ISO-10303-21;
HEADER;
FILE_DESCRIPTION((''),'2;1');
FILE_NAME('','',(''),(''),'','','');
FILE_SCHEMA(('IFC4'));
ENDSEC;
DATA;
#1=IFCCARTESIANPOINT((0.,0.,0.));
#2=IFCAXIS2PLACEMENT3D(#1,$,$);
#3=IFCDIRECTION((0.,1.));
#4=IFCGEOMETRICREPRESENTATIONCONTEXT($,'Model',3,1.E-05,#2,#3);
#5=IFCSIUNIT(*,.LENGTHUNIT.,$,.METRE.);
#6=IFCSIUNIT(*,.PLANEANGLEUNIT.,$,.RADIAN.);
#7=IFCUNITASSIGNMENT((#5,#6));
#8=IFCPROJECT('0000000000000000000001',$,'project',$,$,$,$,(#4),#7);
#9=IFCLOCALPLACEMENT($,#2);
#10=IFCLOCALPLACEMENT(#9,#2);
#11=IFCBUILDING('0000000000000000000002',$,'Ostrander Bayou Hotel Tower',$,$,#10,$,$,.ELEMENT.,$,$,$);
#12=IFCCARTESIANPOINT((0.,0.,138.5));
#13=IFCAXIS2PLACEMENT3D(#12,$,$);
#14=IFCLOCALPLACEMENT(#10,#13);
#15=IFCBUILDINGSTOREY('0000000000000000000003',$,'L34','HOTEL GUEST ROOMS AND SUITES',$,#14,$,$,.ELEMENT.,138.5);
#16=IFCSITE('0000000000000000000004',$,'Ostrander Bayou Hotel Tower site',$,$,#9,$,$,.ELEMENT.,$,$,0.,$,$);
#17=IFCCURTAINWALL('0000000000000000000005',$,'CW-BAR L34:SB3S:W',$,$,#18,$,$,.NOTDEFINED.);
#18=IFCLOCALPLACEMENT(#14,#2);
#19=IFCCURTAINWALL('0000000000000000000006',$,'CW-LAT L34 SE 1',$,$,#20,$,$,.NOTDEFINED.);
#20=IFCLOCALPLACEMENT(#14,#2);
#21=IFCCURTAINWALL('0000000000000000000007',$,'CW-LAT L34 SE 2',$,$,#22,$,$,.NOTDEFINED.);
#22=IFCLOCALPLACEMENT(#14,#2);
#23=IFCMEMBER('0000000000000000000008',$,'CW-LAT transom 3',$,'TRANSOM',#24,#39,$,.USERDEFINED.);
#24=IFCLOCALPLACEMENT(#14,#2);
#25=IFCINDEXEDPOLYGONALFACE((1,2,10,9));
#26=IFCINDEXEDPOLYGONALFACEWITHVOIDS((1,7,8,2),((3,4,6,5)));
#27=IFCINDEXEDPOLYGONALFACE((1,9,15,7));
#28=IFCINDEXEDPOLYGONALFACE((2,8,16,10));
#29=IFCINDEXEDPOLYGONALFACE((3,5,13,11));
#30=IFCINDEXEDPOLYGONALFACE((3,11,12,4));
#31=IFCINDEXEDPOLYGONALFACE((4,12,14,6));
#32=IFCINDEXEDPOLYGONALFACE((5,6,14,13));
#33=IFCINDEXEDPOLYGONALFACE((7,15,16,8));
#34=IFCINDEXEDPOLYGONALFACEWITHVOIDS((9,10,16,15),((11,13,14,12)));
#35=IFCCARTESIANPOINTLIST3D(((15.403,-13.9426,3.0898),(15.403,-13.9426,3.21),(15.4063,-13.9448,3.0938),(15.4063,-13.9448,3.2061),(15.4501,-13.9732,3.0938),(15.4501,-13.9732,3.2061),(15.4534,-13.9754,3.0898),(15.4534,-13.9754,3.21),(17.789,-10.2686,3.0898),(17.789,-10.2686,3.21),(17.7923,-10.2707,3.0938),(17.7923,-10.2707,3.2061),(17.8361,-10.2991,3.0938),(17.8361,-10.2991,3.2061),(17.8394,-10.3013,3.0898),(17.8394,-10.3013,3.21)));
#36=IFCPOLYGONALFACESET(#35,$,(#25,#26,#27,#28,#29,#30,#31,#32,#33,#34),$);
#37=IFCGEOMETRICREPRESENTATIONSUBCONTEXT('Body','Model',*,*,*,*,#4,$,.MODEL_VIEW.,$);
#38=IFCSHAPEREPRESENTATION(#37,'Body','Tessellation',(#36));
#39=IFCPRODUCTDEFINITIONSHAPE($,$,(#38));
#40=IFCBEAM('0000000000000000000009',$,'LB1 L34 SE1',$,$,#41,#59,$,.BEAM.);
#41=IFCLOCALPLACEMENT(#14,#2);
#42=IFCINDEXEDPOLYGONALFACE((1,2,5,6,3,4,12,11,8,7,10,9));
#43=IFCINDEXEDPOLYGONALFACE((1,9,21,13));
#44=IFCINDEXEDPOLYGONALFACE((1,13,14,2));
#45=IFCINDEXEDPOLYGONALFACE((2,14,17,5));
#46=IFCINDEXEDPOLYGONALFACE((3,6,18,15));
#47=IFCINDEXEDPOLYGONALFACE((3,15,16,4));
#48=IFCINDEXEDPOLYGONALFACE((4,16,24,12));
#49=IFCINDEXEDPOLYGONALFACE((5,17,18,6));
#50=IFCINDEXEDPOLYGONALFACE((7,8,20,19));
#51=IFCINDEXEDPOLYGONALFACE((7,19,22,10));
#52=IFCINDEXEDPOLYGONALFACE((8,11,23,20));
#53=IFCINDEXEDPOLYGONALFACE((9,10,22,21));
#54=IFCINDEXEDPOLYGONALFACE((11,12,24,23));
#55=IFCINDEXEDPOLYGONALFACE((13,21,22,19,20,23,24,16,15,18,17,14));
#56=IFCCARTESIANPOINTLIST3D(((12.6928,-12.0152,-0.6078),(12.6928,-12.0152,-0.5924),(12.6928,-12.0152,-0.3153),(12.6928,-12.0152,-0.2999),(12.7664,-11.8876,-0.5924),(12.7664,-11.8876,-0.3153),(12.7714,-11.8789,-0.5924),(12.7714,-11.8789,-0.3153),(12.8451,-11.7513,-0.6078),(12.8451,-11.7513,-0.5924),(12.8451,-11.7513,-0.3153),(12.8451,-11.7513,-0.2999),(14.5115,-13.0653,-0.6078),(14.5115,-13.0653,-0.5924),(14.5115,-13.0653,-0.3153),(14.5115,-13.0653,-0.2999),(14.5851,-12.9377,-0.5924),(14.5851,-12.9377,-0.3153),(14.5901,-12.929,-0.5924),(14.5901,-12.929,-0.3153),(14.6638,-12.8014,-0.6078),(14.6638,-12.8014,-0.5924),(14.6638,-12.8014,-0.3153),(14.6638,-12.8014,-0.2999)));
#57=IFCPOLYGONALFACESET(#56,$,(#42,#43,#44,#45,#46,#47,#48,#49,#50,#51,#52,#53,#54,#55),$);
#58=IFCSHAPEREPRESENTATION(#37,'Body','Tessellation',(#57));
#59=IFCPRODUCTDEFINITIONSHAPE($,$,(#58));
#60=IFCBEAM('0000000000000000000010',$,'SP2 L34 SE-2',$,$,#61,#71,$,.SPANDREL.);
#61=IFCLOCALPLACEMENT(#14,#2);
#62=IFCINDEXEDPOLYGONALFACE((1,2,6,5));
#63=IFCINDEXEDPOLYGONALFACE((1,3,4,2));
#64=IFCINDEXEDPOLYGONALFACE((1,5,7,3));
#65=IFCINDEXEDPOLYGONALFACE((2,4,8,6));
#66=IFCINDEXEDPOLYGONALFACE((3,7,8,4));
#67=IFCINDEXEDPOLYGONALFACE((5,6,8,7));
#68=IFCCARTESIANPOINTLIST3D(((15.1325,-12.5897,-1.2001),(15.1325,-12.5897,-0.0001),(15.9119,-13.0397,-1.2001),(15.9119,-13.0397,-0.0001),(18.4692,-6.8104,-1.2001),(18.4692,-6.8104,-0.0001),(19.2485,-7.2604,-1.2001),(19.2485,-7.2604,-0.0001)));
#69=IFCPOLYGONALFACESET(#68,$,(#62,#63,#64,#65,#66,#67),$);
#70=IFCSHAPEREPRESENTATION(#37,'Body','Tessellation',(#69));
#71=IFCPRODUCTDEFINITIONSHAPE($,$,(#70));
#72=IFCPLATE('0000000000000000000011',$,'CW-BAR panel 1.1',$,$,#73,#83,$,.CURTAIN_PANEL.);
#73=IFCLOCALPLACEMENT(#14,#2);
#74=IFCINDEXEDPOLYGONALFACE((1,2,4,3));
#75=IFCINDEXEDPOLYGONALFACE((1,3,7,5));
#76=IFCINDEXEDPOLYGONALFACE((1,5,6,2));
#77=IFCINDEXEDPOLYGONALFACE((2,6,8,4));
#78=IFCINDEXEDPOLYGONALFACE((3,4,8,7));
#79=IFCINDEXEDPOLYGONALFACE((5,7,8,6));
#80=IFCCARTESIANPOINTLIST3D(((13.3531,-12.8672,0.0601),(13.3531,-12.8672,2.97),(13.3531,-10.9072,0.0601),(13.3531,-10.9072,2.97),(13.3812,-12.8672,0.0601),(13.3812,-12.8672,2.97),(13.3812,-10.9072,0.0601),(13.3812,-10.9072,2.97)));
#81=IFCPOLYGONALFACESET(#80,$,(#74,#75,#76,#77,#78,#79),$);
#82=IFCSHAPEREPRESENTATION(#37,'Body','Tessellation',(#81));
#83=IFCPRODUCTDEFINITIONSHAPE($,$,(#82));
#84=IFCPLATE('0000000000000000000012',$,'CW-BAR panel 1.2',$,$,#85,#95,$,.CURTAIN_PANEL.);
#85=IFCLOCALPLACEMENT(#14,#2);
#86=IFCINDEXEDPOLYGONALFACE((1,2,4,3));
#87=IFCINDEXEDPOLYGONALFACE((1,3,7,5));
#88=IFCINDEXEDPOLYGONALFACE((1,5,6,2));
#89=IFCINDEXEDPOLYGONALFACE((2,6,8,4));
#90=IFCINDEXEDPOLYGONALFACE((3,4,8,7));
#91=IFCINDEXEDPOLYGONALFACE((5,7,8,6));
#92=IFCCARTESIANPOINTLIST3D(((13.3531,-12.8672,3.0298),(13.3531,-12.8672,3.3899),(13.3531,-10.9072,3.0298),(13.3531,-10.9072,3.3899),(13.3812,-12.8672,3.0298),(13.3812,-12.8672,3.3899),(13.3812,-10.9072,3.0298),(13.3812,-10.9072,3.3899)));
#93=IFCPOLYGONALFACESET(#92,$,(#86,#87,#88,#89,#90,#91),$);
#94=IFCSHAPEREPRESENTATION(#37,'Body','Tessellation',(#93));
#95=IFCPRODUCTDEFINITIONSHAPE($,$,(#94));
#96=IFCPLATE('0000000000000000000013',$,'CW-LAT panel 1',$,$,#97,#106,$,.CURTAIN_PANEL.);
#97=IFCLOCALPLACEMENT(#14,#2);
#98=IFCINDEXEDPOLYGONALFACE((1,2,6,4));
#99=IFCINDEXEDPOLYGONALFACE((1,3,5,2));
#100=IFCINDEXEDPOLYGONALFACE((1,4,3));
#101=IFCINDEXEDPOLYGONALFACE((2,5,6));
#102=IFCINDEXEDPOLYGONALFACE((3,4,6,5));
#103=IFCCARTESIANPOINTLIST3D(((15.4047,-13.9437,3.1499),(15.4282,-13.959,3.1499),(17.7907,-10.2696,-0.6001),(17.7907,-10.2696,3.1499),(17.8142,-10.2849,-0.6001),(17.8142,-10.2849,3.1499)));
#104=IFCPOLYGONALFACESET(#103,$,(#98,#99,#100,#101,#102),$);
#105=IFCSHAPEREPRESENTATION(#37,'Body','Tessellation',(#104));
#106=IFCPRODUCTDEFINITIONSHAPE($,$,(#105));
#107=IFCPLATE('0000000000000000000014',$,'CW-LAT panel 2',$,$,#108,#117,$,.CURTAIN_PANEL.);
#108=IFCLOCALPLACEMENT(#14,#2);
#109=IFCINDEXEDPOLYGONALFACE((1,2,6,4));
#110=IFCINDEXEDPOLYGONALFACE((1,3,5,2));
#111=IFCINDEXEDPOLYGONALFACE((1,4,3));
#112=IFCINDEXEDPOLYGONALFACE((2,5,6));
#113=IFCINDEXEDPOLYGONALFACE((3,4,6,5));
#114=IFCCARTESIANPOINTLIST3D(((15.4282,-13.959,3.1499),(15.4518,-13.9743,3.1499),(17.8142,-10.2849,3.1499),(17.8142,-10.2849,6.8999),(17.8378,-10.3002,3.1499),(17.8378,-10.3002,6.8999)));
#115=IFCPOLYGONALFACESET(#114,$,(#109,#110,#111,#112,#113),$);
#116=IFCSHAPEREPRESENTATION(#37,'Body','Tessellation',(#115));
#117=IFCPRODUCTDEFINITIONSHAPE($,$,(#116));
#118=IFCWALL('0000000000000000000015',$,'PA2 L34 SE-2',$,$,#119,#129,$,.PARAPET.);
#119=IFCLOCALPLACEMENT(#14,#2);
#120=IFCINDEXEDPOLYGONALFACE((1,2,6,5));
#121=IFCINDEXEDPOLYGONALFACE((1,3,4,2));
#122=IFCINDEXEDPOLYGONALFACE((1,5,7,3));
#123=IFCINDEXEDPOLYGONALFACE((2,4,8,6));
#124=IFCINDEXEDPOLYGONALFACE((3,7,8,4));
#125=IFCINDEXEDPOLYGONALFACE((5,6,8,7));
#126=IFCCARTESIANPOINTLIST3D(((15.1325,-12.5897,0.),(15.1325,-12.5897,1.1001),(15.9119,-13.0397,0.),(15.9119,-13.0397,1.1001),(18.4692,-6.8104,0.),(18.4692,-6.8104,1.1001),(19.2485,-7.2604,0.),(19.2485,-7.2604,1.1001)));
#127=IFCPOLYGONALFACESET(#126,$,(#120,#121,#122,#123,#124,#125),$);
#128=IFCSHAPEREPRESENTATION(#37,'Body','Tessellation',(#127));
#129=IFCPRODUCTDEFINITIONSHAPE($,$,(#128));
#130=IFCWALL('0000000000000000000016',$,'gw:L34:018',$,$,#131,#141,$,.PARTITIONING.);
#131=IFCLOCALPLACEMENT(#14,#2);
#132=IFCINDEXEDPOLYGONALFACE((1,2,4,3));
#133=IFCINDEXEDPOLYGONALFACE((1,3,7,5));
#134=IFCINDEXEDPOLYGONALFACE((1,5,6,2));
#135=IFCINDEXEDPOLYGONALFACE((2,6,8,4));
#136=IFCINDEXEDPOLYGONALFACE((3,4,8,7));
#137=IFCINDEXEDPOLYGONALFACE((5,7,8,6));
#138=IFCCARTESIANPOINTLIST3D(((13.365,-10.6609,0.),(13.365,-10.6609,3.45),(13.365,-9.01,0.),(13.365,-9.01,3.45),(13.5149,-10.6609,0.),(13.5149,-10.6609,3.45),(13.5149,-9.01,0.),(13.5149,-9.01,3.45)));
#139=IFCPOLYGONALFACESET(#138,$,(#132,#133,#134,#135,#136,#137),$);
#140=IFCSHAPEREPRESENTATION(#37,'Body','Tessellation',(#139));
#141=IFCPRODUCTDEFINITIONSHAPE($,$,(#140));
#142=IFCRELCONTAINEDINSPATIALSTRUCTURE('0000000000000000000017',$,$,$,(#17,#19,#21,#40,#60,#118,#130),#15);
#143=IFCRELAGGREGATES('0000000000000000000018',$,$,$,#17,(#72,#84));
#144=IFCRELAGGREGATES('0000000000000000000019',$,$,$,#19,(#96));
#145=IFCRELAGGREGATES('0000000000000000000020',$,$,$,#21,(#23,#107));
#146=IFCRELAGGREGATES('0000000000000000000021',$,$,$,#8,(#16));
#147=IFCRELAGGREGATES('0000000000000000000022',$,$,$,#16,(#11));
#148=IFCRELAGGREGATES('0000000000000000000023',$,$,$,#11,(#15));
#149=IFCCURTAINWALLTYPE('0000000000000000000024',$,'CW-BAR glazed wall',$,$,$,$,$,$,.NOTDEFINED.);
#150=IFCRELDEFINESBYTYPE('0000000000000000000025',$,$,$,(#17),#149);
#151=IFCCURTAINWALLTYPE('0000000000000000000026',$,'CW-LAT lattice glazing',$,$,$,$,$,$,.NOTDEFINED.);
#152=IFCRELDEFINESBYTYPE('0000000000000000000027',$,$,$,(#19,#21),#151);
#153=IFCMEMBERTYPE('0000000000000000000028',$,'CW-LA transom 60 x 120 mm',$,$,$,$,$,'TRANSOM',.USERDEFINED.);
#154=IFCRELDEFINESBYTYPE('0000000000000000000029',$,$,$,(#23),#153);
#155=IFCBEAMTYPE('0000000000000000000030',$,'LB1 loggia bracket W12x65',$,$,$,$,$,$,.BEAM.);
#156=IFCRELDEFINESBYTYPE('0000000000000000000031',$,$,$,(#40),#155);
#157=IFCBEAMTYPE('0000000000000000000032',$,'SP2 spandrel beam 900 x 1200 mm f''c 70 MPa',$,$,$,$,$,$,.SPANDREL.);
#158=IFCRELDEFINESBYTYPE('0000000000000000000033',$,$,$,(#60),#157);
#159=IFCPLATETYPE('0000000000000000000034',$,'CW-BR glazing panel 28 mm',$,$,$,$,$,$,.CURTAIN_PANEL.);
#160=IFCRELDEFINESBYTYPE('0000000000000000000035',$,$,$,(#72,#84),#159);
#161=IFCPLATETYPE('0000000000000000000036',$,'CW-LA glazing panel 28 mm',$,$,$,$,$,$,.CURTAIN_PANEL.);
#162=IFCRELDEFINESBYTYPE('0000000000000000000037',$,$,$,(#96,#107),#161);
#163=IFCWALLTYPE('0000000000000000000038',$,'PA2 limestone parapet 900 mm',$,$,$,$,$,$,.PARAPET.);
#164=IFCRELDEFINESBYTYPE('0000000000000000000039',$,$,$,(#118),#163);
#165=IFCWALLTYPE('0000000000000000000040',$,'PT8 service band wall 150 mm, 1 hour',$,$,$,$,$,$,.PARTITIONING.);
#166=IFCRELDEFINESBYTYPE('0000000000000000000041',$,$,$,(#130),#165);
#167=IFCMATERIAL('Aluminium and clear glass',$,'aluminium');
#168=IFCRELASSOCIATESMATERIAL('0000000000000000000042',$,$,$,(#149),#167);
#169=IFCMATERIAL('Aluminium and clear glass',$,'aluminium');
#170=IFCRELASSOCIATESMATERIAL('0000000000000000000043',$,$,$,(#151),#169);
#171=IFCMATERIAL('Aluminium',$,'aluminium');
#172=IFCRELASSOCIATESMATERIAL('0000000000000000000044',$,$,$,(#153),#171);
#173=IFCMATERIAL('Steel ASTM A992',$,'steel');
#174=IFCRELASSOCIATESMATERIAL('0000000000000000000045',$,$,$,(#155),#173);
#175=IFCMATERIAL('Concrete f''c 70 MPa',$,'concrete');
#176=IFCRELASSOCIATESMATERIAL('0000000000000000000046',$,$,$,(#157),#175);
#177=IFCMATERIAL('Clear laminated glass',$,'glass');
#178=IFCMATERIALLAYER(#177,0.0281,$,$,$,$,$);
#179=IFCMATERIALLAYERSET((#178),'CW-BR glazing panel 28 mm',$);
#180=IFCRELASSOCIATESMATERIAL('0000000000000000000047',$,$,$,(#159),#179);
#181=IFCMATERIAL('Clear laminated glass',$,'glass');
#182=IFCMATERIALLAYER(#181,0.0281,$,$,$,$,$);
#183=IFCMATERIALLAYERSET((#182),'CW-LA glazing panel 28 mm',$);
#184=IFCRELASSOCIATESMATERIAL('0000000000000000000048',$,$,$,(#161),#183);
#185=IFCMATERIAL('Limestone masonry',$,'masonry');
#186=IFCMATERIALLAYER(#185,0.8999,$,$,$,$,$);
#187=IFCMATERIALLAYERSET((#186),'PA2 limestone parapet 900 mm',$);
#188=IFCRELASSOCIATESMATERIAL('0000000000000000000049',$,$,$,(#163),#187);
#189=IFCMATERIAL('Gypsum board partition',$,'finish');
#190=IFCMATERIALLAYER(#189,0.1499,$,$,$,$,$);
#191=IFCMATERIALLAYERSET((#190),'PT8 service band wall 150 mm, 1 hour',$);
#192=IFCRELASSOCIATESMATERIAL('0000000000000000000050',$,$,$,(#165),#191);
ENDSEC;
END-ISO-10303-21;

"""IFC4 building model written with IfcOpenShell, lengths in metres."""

from ifc_helpers import new_model, si_unit, direction, frame, frame_2d, origin, origin_2d, place, context, subcontext, project, spatial, polyline, rectangle, hollow_rectangle, i_section, outline, extrude, material, layer, layer_set, material_profile, profile_set, type_object, element, aggregate, save


model = new_model("IFC4")

# Units and contexts
model_context = context("Model", 3, precision=1e-05, world=origin(), true_north=direction((0.0, 1.0)))
body_context = subcontext(model_context, "Body", "Model", "MODEL_VIEW")
ifc_project = project(units=[si_unit("LENGTHUNIT", "METRE"), si_unit("PLANEANGLEUNIT", "RADIAN")], contexts=[model_context])

# Site, building, storey
site_placement = place(None, origin())
site = spatial("IfcSite", under=ifc_project, at=site_placement, Name="Ostrander Bayou Hotel Tower site", CompositionType="ELEMENT", RefElevation=0.0)
building_placement = place(site_placement, origin())
building = spatial("IfcBuilding", under=site, at=building_placement, Name="Ostrander Bayou Hotel Tower", CompositionType="ELEMENT")
storey_placement = place(building_placement, frame((0.0, 0.0, 138.5)))
storey = spatial("IfcBuildingStorey", under=building, at=storey_placement, Name="L34", Description="HOTEL GUEST ROOMS AND SUITES", CompositionType="ELEMENT", Elevation=138.5)

# Curtain walls
ifc_material_1 = material(Name="Aluminium and clear glass", Category="aluminium")
curtain_wall_type_1 = type_object("IfcCurtainWallType", Name="CW-BAR glazed wall", PredefinedType="NOTDEFINED", material=ifc_material_1)
curtain_wall_1_placement = place(storey_placement, origin())
curtain_wall_1 = element("IfcCurtainWall", 1, at=curtain_wall_1_placement, inside=storey, type_object=curtain_wall_type_1, Name="CW-BAR L34:SB3S:W", PredefinedType="NOTDEFINED")
ifc_material_2 = material(Name="Aluminium and clear glass", Category="aluminium")
curtain_wall_type_2 = type_object("IfcCurtainWallType", Name="CW-LAT lattice glazing", PredefinedType="NOTDEFINED", material=ifc_material_2)
curtain_wall_2_placement = place(storey_placement, origin())
curtain_wall_2 = element("IfcCurtainWall", 2, at=curtain_wall_2_placement, inside=storey, type_object=curtain_wall_type_2, Name="CW-LAT L34 SE 1", PredefinedType="NOTDEFINED")

# Curtain wall, member
curtain_wall_3_placement = place(storey_placement, origin())
curtain_wall_3 = element("IfcCurtainWall", 3, at=curtain_wall_3_placement, inside=storey, type_object=curtain_wall_type_2, Name="CW-LAT L34 SE 2", PredefinedType="NOTDEFINED")
ifc_material_3 = material(Name="Aluminium", Category="aluminium")
ifc_material_profile_1 = material_profile(ifc_material_3, hollow_rectangle(XDim=0.0601, YDim=0.1201, WallThickness=0.0039, at=origin_2d()))
ifc_profile_set_1 = profile_set([ifc_material_profile_1], Name="Aluminium")
member_type_1 = type_object("IfcMemberType", Name="CW-LA transom 60 x 120 mm", ElementType="TRANSOM", PredefinedType="USERDEFINED", material=ifc_profile_set_1)
member_1_placement = place(storey_placement, frame((17.8142, -10.2849, 3.1499), z_axis=(-0.544642, -0.838669, 0.0), x_axis=(0.838669, -0.544642, 0.0)))
member_1 = element("IfcMember", 4, at=member_1_placement, type_object=member_type_1, Name="CW-LAT transom 3", ObjectType="TRANSOM", PredefinedType="USERDEFINED", context=body_context, shape_type="SweptSolid", body=[
    extrude(hollow_rectangle(XDim=0.0601, YDim=0.1201, WallThickness=0.0039, at=origin_2d()), origin(), (0.0, 0.0, 1.0), 4.3809),
])

# Beams
ifc_material_4 = material(Name="Steel ASTM A992", Category="steel")
ifc_material_profile_2 = material_profile(ifc_material_4, i_section(OverallWidth=0.3047, OverallDepth=0.3079, WebThickness=0.01, FlangeThickness=0.0154, at=origin_2d()))
ifc_profile_set_2 = profile_set([ifc_material_profile_2], Name="Steel ASTM A992")
beam_type_1 = type_object("IfcBeamType", Name="LB1 loggia bracket W12x65", PredefinedType="BEAM", material=ifc_profile_set_2)
beam_1_placement = place(storey_placement, frame((14.5876, -12.9333, -0.4539), z_axis=(-0.866009, 0.500028, 0.0), x_axis=(-0.500028, -0.866009, 0.0)))
element("IfcBeam", 5, at=beam_1_placement, inside=storey, type_object=beam_type_1, Name="LB1 L34 SE1", PredefinedType="BEAM", context=body_context, shape_type="SweptSolid", body=[
    extrude(i_section(OverallWidth=0.3047, OverallDepth=0.3079, WebThickness=0.01, FlangeThickness=0.0154, at=origin_2d()), origin(), (0.0, 0.0, 1.0), 2.1001),
])
ifc_material_5 = material(Name="Concrete f'c 70 MPa", Category="concrete")
ifc_material_profile_3 = material_profile(ifc_material_5, rectangle(XDim=0.8999, YDim=1.2, at=origin_2d()))
ifc_profile_set_3 = profile_set([ifc_material_profile_3], Name="Concrete f'c 70 MPa")
beam_type_2 = type_object("IfcBeamType", Name="SP2 spandrel beam 900 x 1200 mm f'c 70 MPa", PredefinedType="SPANDREL", material=ifc_profile_set_3)
beam_2_placement = place(storey_placement, frame((15.5222, -12.8147, -0.6001), z_axis=(0.499999, 0.866026, 0.0), x_axis=(-0.866026, 0.499999, 0.0)))
element("IfcBeam", 6, at=beam_2_placement, inside=storey, type_object=beam_type_2, Name="SP2 L34 SE-2", PredefinedType="SPANDREL", context=body_context, shape_type="SweptSolid", body=[
    extrude(rectangle(XDim=0.8999, YDim=1.2, at=origin_2d()), origin(), (0.0, 0.0, 1.0), 6.6733),
])

# Plates
ifc_material_6 = material(Name="Clear laminated glass", Category="glass")
ifc_layer_1 = layer(ifc_material_6, 0.0281)
ifc_layer_set_1 = layer_set([ifc_layer_1], Name="CW-BR glazing panel 28 mm")
plate_type_1 = type_object("IfcPlateType", Name="CW-BR glazing panel 28 mm", PredefinedType="CURTAIN_PANEL", material=ifc_layer_set_1)
plate_1_placement = place(storey_placement, frame((13.3672, -11.8872, 0.0601), z_axis=(0.0, 0.0, 1.0), x_axis=(0.0, -1.0, 0.0)))
plate_1 = element("IfcPlate", 7, at=plate_1_placement, type_object=plate_type_1, Name="CW-BAR panel 1.1", PredefinedType="CURTAIN_PANEL", context=body_context, shape_type="SweptSolid", body=[
    extrude(rectangle(XDim=1.96, YDim=0.0281, at=origin_2d()), origin(), (0.0, 0.0, 1.0), 2.9099),
])
plate_2_placement = place(storey_placement, frame((13.3672, -11.8872, 3.0298), z_axis=(0.0, 0.0, 1.0), x_axis=(0.0, -1.0, 0.0)))
plate_2 = element("IfcPlate", 8, at=plate_2_placement, type_object=plate_type_1, Name="CW-BAR panel 1.2", PredefinedType="CURTAIN_PANEL", context=body_context, shape_type="SweptSolid", body=[
    extrude(rectangle(XDim=1.96, YDim=0.0281, at=origin_2d()), origin(), (0.0, 0.0, 1.0), 0.3601),
])
aggregate(curtain_wall_1, [plate_1, plate_2])
ifc_material_7 = material(Name="Clear laminated glass", Category="glass")
ifc_layer_2 = layer(ifc_material_7, 0.0281)
ifc_layer_set_2 = layer_set([ifc_layer_2], Name="CW-LA glazing panel 28 mm")
plate_type_2 = type_object("IfcPlateType", Name="CW-LA glazing panel 28 mm", PredefinedType="CURTAIN_PANEL", material=ifc_layer_set_2)
plate_3_placement = place(storey_placement, frame((15.4282, -13.959, 3.1499), z_axis=(0.838669, -0.544642, 0.0), x_axis=(0.413756, 0.637124, -0.650291)))
plate_3 = element("IfcPlate", 9, at=plate_3_placement, type_object=plate_type_2, Name="CW-LAT panel 1", PredefinedType="CURTAIN_PANEL", context=body_context, shape_type="SweptSolid", body=[
    extrude(outline(polyline([(0.0, 0.0), (5.7666, 0.0), (3.3281, 2.8488), (0.0, 0.0)])), origin(), (0.0, 0.0, -1.0), 0.0281),
])
aggregate(curtain_wall_2, [plate_3])
plate_4_placement = place(storey_placement, frame((15.4282, -13.959, 3.1499), z_axis=(-0.838669, 0.544642, 0.0), x_axis=(0.413756, 0.637124, 0.650291)))
plate_4 = element("IfcPlate", 10, at=plate_4_placement, type_object=plate_type_2, Name="CW-LAT panel 2", PredefinedType="CURTAIN_PANEL", context=body_context, shape_type="SweptSolid", body=[
    extrude(outline(polyline([(0.0, 0.0), (5.7666, 0.0), (3.3281, 2.8488), (0.0, 0.0)])), origin(), (0.0, 0.0, -1.0), 0.0281),
])
aggregate(curtain_wall_3, [member_1, plate_4])

# Walls
ifc_material_8 = material(Name="Limestone masonry", Category="masonry")
ifc_layer_3 = layer(ifc_material_8, 0.8999)
ifc_layer_set_3 = layer_set([ifc_layer_3], Name="PA2 limestone parapet 900 mm")
wall_type_1 = type_object("IfcWallType", Name="PA2 limestone parapet 900 mm", PredefinedType="PARAPET", material=ifc_layer_set_3)
wall_1_placement = place(storey_placement, frame((15.5222, -12.8147, 0.0), z_axis=(0.0, 0.0, 1.0), x_axis=(0.499999, 0.866026, 0.0)))
element("IfcWall", 11, at=wall_1_placement, inside=storey, type_object=wall_type_1, Name="PA2 L34 SE-2", PredefinedType="PARAPET", context=body_context, shape_type="SweptSolid", body=[
    extrude(rectangle(XDim=6.6733, YDim=0.8999, at=frame_2d((3.3367, 0.0))), origin(), (0.0, 0.0, 1.0), 1.1001),
])
ifc_material_9 = material(Name="Gypsum board partition", Category="finish")
ifc_layer_4 = layer(ifc_material_9, 0.1499)
ifc_layer_set_4 = layer_set([ifc_layer_4], Name="PT8 service band wall 150 mm, 1 hour")
wall_type_2 = type_object("IfcWallType", Name="PT8 service band wall 150 mm, 1 hour", PredefinedType="PARTITIONING", material=ifc_layer_set_4)
wall_2_placement = place(storey_placement, frame((13.4399, -10.6609, 0.0), z_axis=(0.0, 0.0, 1.0), x_axis=(0.0, 1.0, 0.0)))
element("IfcWall", 12, at=wall_2_placement, inside=storey, type_object=wall_type_2, Name="gw:L34:018", PredefinedType="PARTITIONING", context=body_context, shape_type="SweptSolid", body=[
    extrude(rectangle(XDim=1.6509, YDim=0.1499, at=frame_2d((0.8254, 0.0))), origin(), (0.0, 0.0, 1.0), 3.45),
])

save(model, "model.ifc")
